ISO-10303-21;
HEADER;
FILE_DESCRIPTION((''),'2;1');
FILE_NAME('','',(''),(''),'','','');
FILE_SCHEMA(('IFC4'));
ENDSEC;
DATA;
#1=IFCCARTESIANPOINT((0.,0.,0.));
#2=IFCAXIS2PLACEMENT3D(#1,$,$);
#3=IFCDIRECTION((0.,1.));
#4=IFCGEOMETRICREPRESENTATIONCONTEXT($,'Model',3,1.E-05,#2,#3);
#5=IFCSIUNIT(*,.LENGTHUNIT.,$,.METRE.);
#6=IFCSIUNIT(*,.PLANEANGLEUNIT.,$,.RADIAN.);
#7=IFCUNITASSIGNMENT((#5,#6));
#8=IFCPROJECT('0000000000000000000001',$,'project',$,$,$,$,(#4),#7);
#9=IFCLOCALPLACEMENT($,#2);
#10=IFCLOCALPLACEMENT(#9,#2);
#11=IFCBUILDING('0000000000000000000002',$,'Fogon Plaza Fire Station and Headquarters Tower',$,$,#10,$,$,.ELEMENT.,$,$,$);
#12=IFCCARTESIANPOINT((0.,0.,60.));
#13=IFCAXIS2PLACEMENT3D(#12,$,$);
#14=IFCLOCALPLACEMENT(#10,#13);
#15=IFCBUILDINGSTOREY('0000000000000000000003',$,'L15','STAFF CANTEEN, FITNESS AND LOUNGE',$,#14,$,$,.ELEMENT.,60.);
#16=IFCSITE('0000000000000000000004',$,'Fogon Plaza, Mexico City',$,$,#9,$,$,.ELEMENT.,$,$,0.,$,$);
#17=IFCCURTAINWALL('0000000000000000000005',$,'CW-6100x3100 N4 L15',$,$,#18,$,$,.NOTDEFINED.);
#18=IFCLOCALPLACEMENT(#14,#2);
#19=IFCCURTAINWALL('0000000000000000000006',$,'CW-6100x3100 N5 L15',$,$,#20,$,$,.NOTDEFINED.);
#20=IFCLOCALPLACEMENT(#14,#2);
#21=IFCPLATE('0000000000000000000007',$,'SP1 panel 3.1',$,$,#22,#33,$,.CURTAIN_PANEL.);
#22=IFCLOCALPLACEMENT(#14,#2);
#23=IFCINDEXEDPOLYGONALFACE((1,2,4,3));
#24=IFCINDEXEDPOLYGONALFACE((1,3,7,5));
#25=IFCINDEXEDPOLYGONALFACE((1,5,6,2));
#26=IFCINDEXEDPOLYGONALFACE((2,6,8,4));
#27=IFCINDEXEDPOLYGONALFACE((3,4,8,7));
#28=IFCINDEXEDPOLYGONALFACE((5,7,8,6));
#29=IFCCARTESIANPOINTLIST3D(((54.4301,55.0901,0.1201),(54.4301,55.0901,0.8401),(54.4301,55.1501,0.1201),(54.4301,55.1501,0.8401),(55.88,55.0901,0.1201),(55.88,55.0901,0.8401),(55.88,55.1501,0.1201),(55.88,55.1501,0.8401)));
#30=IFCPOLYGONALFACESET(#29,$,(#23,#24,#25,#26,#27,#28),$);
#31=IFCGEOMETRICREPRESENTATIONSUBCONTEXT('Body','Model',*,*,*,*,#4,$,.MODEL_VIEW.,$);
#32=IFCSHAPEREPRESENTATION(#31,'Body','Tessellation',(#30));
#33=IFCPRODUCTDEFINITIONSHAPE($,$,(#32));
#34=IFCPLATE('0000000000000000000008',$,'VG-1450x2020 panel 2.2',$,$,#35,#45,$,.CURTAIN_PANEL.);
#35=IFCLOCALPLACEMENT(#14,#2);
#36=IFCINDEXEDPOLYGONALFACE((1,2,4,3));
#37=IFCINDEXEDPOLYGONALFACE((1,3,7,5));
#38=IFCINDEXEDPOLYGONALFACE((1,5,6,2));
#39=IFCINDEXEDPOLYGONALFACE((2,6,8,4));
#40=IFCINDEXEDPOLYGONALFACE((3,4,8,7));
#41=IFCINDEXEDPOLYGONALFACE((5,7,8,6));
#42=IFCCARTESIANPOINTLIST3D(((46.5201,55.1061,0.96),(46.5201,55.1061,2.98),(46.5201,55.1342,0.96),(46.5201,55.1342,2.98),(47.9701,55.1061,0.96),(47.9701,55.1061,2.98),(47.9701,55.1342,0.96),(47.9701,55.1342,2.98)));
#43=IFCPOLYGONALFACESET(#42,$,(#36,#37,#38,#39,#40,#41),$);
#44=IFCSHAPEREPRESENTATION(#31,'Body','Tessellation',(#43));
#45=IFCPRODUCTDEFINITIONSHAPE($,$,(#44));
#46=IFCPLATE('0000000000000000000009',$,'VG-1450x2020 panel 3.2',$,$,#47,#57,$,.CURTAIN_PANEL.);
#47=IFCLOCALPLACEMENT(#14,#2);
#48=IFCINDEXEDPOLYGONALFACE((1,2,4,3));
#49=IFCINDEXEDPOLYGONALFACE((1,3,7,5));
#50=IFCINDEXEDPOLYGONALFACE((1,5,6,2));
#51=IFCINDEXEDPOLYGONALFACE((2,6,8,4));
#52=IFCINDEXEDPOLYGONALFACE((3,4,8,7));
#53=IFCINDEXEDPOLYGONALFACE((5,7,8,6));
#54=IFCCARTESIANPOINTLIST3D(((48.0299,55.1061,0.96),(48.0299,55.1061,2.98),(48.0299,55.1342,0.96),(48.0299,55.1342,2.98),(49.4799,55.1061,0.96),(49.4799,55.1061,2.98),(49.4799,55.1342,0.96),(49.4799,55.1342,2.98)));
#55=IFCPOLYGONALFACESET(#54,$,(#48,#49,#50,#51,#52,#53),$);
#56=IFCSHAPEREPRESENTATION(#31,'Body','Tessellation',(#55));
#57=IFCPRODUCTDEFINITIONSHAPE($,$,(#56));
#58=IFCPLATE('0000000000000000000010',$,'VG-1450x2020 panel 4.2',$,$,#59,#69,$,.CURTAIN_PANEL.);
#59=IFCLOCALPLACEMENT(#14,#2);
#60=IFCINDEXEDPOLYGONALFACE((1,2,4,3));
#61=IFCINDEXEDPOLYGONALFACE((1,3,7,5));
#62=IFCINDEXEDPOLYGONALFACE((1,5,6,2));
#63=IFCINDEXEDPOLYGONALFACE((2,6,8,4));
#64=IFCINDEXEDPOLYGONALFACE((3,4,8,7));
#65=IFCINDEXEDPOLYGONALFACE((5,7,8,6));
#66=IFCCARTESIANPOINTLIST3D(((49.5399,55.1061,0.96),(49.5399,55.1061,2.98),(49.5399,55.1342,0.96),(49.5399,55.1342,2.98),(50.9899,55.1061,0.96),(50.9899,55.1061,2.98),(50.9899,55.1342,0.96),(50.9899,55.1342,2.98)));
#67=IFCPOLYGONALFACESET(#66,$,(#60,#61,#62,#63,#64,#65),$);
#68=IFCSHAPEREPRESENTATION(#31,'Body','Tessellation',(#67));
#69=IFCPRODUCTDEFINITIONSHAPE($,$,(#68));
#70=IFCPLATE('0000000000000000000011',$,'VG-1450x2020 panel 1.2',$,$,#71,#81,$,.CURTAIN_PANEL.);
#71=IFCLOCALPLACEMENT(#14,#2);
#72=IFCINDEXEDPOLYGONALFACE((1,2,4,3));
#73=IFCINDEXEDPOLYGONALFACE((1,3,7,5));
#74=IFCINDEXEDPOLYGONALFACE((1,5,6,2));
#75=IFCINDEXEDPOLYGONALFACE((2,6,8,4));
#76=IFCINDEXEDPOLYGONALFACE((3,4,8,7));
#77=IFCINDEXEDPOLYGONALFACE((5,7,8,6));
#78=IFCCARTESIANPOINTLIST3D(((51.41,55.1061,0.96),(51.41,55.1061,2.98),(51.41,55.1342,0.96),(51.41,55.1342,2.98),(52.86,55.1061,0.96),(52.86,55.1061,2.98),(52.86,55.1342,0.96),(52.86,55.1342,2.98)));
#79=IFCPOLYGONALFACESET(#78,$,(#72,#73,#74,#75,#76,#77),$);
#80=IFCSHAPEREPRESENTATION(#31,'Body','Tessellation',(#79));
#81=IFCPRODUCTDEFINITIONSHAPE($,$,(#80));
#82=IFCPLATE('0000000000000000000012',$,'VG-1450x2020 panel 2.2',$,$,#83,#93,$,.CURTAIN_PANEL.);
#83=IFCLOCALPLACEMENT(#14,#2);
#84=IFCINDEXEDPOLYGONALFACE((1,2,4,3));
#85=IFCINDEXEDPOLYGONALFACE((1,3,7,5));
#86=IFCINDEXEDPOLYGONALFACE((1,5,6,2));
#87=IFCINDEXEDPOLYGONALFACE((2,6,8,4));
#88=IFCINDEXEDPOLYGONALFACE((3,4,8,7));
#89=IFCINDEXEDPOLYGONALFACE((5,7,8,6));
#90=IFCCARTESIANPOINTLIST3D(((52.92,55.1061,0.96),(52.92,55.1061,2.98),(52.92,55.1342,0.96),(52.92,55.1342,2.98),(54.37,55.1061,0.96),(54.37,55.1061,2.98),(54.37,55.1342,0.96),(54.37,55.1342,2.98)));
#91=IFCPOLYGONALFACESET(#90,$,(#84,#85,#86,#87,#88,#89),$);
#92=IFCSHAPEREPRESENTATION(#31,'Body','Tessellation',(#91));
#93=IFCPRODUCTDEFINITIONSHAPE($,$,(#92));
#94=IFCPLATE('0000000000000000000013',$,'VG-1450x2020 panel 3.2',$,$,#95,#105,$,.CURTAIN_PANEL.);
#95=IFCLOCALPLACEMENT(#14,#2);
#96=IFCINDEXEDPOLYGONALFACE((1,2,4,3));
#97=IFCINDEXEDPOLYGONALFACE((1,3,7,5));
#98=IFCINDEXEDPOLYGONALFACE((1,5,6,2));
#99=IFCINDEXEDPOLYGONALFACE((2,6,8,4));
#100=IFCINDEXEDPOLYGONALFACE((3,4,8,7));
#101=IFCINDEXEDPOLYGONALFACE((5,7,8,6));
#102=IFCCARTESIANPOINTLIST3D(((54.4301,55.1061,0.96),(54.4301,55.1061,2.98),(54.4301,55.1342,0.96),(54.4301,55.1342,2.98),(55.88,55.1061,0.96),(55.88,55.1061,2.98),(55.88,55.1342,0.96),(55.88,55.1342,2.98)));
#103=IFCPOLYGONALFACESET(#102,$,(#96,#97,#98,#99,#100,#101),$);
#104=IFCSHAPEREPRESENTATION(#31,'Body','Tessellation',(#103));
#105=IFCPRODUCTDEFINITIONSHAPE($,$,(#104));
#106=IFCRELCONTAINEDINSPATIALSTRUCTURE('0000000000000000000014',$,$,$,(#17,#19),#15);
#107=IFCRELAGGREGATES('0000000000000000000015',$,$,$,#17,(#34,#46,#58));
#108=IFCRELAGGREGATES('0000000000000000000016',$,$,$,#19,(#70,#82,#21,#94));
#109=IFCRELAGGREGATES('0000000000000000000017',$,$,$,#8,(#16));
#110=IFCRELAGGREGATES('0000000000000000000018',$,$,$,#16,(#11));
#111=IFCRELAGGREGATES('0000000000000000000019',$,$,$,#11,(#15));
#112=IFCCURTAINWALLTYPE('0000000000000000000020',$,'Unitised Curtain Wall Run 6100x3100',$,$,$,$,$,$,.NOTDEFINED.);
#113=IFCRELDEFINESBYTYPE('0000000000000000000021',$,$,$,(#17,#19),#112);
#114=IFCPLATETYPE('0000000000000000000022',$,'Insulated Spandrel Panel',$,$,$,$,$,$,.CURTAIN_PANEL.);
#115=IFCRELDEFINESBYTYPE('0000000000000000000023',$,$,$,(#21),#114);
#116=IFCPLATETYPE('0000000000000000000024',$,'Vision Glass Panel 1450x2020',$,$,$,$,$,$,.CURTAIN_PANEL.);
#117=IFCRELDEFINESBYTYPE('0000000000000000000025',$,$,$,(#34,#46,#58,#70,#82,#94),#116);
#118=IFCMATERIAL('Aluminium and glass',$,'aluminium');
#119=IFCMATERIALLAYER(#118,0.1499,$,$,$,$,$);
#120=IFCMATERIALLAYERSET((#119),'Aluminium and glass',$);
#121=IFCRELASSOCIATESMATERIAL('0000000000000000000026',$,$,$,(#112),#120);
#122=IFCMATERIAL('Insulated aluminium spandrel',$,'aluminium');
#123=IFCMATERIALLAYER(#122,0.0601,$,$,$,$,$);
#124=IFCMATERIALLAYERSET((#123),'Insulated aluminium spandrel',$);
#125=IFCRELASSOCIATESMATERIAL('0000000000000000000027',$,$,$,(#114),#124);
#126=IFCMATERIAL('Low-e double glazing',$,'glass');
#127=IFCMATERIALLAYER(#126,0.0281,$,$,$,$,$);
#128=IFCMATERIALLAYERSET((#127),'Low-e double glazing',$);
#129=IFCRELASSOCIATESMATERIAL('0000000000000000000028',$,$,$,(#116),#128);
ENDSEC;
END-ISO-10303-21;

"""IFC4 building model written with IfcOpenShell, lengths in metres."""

from ifc_helpers import new_model, si_unit, direction, frame, origin, origin_2d, place, context, subcontext, project, spatial, rectangle, extrude, material, layer, layer_set, type_object, element, aggregate, save


model = new_model("IFC4")

# Units and contexts
model_context = context("Model", 3, precision=1e-05, world=origin(), true_north=direction((0.0, 1.0)))
body_context = subcontext(model_context, "Body", "Model", "MODEL_VIEW")
ifc_project = project(units=[si_unit("LENGTHUNIT", "METRE"), si_unit("PLANEANGLEUNIT", "RADIAN")], contexts=[model_context])

# Site, building, storey
site_placement = place(None, origin())
site = spatial("IfcSite", under=ifc_project, at=site_placement, Name="Fogon Plaza, Mexico City", CompositionType="ELEMENT", RefElevation=0.0)
building_placement = place(site_placement, origin())
building = spatial("IfcBuilding", under=site, at=building_placement, Name="Fogon Plaza Fire Station and Headquarters Tower", CompositionType="ELEMENT")
storey_placement = place(building_placement, frame((0.0, 0.0, 60.0)))
storey = spatial("IfcBuildingStorey", under=building, at=storey_placement, Name="L15", Description="STAFF CANTEEN, FITNESS AND LOUNGE", CompositionType="ELEMENT", Elevation=60.0)

# Curtain walls
ifc_material_1 = material(Name="Aluminium and glass", Category="aluminium")
ifc_layer_1 = layer(ifc_material_1, 0.1499)
ifc_layer_set_1 = layer_set([ifc_layer_1], Name="Aluminium and glass")
curtain_wall_type = type_object("IfcCurtainWallType", Name="Unitised Curtain Wall Run 6100x3100", PredefinedType="NOTDEFINED", material=ifc_layer_set_1)
curtain_wall_1_placement = place(storey_placement, origin())
curtain_wall_1 = element("IfcCurtainWall", 1, at=curtain_wall_1_placement, inside=storey, type_object=curtain_wall_type, Name="CW-6100x3100 N4 L15", PredefinedType="NOTDEFINED")
curtain_wall_2_placement = place(storey_placement, origin())
curtain_wall_2 = element("IfcCurtainWall", 2, at=curtain_wall_2_placement, inside=storey, type_object=curtain_wall_type, Name="CW-6100x3100 N5 L15", PredefinedType="NOTDEFINED")

# Plates
ifc_material_2 = material(Name="Insulated aluminium spandrel", Category="aluminium")
ifc_layer_2 = layer(ifc_material_2, 0.0601)
ifc_layer_set_2 = layer_set([ifc_layer_2], Name="Insulated aluminium spandrel")
plate_type_1 = type_object("IfcPlateType", Name="Insulated Spandrel Panel", PredefinedType="CURTAIN_PANEL", material=ifc_layer_set_2)
plate_1_placement = place(storey_placement, frame((55.155, 55.1201, 0.1201), z_axis=(0.0, 0.0, 1.0), x_axis=(1.0, 0.0, 0.0)))
plate_1 = element("IfcPlate", 3, at=plate_1_placement, type_object=plate_type_1, Name="SP1 panel 3.1", PredefinedType="CURTAIN_PANEL", context=body_context, shape_type="SweptSolid", body=[
    extrude(rectangle(XDim=1.45, YDim=0.0601, at=origin_2d()), origin(), (0.0, 0.0, 1.0), 0.72),
])
ifc_material_3 = material(Name="Low-e double glazing", Category="glass")
ifc_layer_3 = layer(ifc_material_3, 0.0281)
ifc_layer_set_3 = layer_set([ifc_layer_3], Name="Low-e double glazing")
plate_type_2 = type_object("IfcPlateType", Name="Vision Glass Panel 1450x2020", PredefinedType="CURTAIN_PANEL", material=ifc_layer_set_3)
plate_2_placement = place(storey_placement, frame((47.2451, 55.1201, 0.96), z_axis=(0.0, 0.0, 1.0), x_axis=(1.0, 0.0, 0.0)))
plate_2 = element("IfcPlate", 4, at=plate_2_placement, type_object=plate_type_2, Name="VG-1450x2020 panel 2.2", PredefinedType="CURTAIN_PANEL", context=body_context, shape_type="SweptSolid", body=[
    extrude(rectangle(XDim=1.45, YDim=0.0281, at=origin_2d()), origin(), (0.0, 0.0, 1.0), 2.02),
])
plate_3_placement = place(storey_placement, frame((48.7549, 55.1201, 0.96), z_axis=(0.0, 0.0, 1.0), x_axis=(1.0, 0.0, 0.0)))
plate_3 = element("IfcPlate", 5, at=plate_3_placement, type_object=plate_type_2, Name="VG-1450x2020 panel 3.2", PredefinedType="CURTAIN_PANEL", context=body_context, shape_type="SweptSolid", body=[
    extrude(rectangle(XDim=1.45, YDim=0.0281, at=origin_2d()), origin(), (0.0, 0.0, 1.0), 2.02),
])
plate_4_placement = place(storey_placement, frame((50.2649, 55.1201, 0.96), z_axis=(0.0, 0.0, 1.0), x_axis=(1.0, 0.0, 0.0)))
plate_4 = element("IfcPlate", 6, at=plate_4_placement, type_object=plate_type_2, Name="VG-1450x2020 panel 4.2", PredefinedType="CURTAIN_PANEL", context=body_context, shape_type="SweptSolid", body=[
    extrude(rectangle(XDim=1.45, YDim=0.0281, at=origin_2d()), origin(), (0.0, 0.0, 1.0), 2.02),
])
aggregate(curtain_wall_1, [plate_2, plate_3, plate_4])
plate_5_placement = place(storey_placement, frame((52.135, 55.1201, 0.96), z_axis=(0.0, 0.0, 1.0), x_axis=(1.0, 0.0, 0.0)))
plate_5 = element("IfcPlate", 7, at=plate_5_placement, type_object=plate_type_2, Name="VG-1450x2020 panel 1.2", PredefinedType="CURTAIN_PANEL", context=body_context, shape_type="SweptSolid", body=[
    extrude(rectangle(XDim=1.45, YDim=0.0281, at=origin_2d()), origin(), (0.0, 0.0, 1.0), 2.02),
])
plate_6_placement = place(storey_placement, frame((53.645, 55.1201, 0.96), z_axis=(0.0, 0.0, 1.0), x_axis=(1.0, 0.0, 0.0)))
plate_6 = element("IfcPlate", 8, at=plate_6_placement, type_object=plate_type_2, Name="VG-1450x2020 panel 2.2", PredefinedType="CURTAIN_PANEL", context=body_context, shape_type="SweptSolid", body=[
    extrude(rectangle(XDim=1.45, YDim=0.0281, at=origin_2d()), origin(), (0.0, 0.0, 1.0), 2.02),
])
plate_7_placement = place(storey_placement, frame((55.155, 55.1201, 0.96), z_axis=(0.0, 0.0, 1.0), x_axis=(1.0, 0.0, 0.0)))
plate_7 = element("IfcPlate", 9, at=plate_7_placement, type_object=plate_type_2, Name="VG-1450x2020 panel 3.2", PredefinedType="CURTAIN_PANEL", context=body_context, shape_type="SweptSolid", body=[
    extrude(rectangle(XDim=1.45, YDim=0.0281, at=origin_2d()), origin(), (0.0, 0.0, 1.0), 2.02),
])
aggregate(curtain_wall_2, [plate_5, plate_6, plate_1, plate_7])

save(model, "model.ifc")
